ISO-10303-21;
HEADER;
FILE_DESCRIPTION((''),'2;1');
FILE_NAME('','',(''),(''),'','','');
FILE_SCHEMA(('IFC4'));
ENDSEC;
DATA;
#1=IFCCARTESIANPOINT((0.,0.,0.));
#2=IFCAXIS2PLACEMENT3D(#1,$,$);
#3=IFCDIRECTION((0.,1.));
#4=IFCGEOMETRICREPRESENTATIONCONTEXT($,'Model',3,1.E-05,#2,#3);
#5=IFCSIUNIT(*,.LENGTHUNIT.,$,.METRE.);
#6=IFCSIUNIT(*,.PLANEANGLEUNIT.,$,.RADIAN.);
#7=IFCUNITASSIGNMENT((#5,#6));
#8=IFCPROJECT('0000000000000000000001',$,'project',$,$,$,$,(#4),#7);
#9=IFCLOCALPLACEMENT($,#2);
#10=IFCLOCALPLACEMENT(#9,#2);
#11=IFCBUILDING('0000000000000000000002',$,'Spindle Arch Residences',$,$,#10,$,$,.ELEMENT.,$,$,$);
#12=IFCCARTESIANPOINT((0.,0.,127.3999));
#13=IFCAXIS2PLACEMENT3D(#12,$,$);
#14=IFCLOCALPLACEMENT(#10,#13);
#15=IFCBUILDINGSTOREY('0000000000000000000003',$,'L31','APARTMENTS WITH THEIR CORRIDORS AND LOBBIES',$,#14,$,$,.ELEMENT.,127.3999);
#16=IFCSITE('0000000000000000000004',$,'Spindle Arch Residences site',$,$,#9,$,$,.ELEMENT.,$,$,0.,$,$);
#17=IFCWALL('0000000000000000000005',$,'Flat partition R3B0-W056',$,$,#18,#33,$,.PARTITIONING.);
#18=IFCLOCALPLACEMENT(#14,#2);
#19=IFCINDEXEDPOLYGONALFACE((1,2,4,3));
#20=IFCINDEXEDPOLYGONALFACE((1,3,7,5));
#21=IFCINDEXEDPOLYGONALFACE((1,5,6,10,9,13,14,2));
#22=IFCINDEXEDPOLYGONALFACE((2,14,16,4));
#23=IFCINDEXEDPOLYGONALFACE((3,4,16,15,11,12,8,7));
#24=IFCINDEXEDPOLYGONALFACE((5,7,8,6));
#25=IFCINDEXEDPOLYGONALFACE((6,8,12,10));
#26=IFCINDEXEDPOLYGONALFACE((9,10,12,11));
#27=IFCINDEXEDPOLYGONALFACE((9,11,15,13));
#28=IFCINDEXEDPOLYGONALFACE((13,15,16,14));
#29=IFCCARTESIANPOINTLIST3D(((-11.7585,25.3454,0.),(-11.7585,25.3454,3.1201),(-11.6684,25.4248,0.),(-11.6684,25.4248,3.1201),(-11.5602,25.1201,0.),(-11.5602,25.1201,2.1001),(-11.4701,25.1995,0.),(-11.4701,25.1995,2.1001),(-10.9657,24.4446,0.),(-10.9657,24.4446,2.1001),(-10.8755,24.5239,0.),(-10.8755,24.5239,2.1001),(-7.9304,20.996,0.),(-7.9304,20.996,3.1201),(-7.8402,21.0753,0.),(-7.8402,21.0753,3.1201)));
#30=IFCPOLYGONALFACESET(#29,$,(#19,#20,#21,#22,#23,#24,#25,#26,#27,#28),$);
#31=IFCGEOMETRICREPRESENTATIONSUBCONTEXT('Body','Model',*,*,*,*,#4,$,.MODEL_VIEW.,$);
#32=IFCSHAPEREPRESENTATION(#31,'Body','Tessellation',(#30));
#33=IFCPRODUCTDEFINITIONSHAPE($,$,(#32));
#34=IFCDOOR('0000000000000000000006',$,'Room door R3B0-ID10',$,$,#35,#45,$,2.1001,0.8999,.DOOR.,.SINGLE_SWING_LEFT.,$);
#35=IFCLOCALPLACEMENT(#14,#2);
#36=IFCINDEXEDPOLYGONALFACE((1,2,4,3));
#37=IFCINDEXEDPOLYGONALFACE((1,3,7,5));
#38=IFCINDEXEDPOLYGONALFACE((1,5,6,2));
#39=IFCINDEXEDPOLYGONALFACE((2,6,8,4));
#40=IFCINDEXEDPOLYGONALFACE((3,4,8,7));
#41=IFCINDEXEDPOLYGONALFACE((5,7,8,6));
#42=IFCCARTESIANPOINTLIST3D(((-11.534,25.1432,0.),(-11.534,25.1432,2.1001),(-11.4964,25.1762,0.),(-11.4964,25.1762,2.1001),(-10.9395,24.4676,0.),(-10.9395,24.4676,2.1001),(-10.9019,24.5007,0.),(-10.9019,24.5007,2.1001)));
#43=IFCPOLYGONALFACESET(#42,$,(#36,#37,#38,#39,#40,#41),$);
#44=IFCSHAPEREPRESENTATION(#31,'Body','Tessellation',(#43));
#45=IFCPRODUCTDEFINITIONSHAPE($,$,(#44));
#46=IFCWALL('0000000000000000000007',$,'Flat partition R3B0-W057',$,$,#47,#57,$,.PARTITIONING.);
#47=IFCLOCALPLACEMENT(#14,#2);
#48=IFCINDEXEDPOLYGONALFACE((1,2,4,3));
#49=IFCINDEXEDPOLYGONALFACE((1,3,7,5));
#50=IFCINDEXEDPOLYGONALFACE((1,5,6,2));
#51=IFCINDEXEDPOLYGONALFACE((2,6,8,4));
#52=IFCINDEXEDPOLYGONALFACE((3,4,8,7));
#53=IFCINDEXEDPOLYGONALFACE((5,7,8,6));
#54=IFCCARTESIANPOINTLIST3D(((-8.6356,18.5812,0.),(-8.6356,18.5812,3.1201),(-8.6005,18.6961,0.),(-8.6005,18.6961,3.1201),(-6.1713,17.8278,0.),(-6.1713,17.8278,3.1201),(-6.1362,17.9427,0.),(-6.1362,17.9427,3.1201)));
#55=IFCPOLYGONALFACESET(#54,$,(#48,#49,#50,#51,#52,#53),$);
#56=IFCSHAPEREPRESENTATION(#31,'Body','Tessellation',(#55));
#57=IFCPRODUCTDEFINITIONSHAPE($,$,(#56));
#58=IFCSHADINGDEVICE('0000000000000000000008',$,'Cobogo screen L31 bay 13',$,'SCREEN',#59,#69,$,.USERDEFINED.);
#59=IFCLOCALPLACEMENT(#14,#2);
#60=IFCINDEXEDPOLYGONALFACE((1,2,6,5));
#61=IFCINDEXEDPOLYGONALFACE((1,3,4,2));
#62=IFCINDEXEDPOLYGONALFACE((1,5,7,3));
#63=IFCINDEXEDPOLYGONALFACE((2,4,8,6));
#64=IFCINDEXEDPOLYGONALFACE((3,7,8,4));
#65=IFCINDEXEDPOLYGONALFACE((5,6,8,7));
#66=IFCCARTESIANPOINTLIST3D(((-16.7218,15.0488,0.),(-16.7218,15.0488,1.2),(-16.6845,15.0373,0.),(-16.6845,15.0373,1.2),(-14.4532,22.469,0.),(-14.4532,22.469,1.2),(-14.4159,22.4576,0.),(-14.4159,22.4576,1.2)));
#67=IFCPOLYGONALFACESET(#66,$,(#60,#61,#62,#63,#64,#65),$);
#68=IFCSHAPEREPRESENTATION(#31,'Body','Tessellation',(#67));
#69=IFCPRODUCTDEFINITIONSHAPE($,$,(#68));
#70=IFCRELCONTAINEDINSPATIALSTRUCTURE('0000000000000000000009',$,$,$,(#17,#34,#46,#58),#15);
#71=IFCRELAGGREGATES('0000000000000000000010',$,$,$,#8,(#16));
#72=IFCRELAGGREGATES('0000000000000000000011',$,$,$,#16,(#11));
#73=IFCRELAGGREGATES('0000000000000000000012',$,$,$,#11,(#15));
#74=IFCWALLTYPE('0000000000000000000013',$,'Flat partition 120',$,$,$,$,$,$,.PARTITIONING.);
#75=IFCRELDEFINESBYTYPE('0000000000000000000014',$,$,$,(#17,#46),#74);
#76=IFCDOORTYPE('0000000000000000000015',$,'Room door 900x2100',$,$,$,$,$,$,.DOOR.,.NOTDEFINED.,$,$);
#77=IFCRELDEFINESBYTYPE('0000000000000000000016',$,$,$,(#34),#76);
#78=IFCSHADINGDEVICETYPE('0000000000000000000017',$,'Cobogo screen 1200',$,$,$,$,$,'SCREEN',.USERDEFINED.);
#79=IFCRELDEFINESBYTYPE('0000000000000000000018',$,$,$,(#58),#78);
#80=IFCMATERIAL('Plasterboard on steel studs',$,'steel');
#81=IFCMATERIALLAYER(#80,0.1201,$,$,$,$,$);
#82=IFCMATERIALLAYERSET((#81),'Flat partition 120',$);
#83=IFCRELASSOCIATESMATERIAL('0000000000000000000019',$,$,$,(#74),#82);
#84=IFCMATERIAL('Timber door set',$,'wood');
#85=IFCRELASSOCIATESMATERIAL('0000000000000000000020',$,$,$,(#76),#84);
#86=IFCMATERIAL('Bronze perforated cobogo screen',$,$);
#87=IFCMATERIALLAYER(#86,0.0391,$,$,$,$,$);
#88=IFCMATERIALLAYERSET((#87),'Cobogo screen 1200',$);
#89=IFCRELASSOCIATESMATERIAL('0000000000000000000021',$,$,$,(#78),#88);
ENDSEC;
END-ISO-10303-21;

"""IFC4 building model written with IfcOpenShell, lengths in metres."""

from ifc_helpers import new_model, si_unit, direction, frame, frame_2d, origin, origin_2d, place, context, subcontext, project, spatial, rectangle, extrude, material, layer, layer_set, type_object, element, fill, save


model = new_model("IFC4")

# Units and contexts
model_context = context("Model", 3, precision=1e-05, world=origin(), true_north=direction((0.0, 1.0)))
body_context = subcontext(model_context, "Body", "Model", "MODEL_VIEW")
ifc_project = project(units=[si_unit("LENGTHUNIT", "METRE"), si_unit("PLANEANGLEUNIT", "RADIAN")], contexts=[model_context])

# Site, building, storey
site_placement = place(None, origin())
site = spatial("IfcSite", under=ifc_project, at=site_placement, Name="Spindle Arch Residences site", CompositionType="ELEMENT", RefElevation=0.0)
building_placement = place(site_placement, origin())
building = spatial("IfcBuilding", under=site, at=building_placement, Name="Spindle Arch Residences", CompositionType="ELEMENT")
storey_placement = place(building_placement, frame((0.0, 0.0, 127.3999)))
storey = spatial("IfcBuildingStorey", under=building, at=storey_placement, Name="L31", Description="APARTMENTS WITH THEIR CORRIDORS AND LOBBIES", CompositionType="ELEMENT", Elevation=127.3999)

# Shared definitions
ifc_material_1 = material(Name="Plasterboard on steel studs", Category="steel")
ifc_layer_1 = layer(ifc_material_1, 0.1201)
ifc_layer_set_1 = layer_set([ifc_layer_1], Name="Flat partition 120")
wall_type_1 = type_object("IfcWallType", Name="Flat partition 120", PredefinedType="PARTITIONING", material=ifc_layer_set_1)

# Wall, opening, door
wall_1_placement = place(storey_placement, frame((-11.7134, 25.385, 0.0), z_axis=(0.0, 0.0, 1.0), x_axis=(0.660694, -0.750655, 0.0)))
wall_1 = element("IfcWall", 1, at=wall_1_placement, inside=storey, type_object=wall_type_1, Name="Flat partition R3B0-W056", PredefinedType="PARTITIONING", context=body_context, shape_type="SweptSolid", body=[
    extrude(rectangle(XDim=5.7942, YDim=0.1201, at=frame_2d((2.897, 0.0))), origin(), (0.0, 0.0, 1.0), 3.1201),
])
opening_1_placement = place(wall_1_placement, frame((0.3, 0.0, 0.0)))
opening_1 = element("IfcOpeningElement", 2, at=opening_1_placement, cuts=wall_1, PredefinedType="OPENING", context=body_context, shape_type="SweptSolid", body=[
    extrude(rectangle(XDim=0.8999, YDim=2.1001, at=frame_2d((0.45, 1.05))), frame((0.0, 0.0701, 0.0), z_axis=(0.0, -1.0, 0.0), x_axis=(1.0, 0.0, 0.0)), (0.0, 0.0, 1.0), 0.1401),
])
ifc_material_2 = material(Name="Timber door set", Category="wood")
door_type_1 = type_object("IfcDoorType", Name="Room door 900x2100", OperationType="NOTDEFINED", PredefinedType="DOOR", material=ifc_material_2)
door_1_placement = place(opening_1_placement, origin())
door_1 = element("IfcDoor", 3, at=door_1_placement, inside=storey, type_object=door_type_1, Name="Room door R3B0-ID10", OperationType="SINGLE_SWING_LEFT", OverallHeight=2.1001, OverallWidth=0.8999, PredefinedType="DOOR", context=body_context, shape_type="SweptSolid", body=[
    extrude(rectangle(XDim=0.8999, YDim=2.1001, at=frame_2d((0.45, 1.05))), frame((0.0, 0.0249, 0.0), z_axis=(0.0, -1.0, 0.0), x_axis=(1.0, 0.0, 0.0)), (0.0, 0.0, 1.0), 0.05),
])
fill(opening_1, door_1)

# Wall
wall_2_placement = place(storey_placement, frame((-8.6182, 18.6387, 0.0), z_axis=(0.0, 0.0, 1.0), x_axis=(0.956306, -0.292368, 0.0)))
element("IfcWall", 4, at=wall_2_placement, inside=storey, type_object=wall_type_1, Name="Flat partition R3B0-W057", PredefinedType="PARTITIONING", context=body_context, shape_type="SweptSolid", body=[
    extrude(rectangle(XDim=2.5769, YDim=0.1201, at=frame_2d((1.2886, 0.0))), origin(), (0.0, 0.0, 1.0), 3.1201),
])

# Shading device
ifc_material_3 = material(Name="Bronze perforated cobogo screen")
ifc_layer_2 = layer(ifc_material_3, 0.0391)
ifc_layer_set_2 = layer_set([ifc_layer_2], Name="Cobogo screen 1200")
shading_device_type = type_object("IfcShadingDeviceType", Name="Cobogo screen 1200", ElementType="SCREEN", PredefinedType="USERDEFINED", material=ifc_layer_set_2)
shading_device_placement = place(storey_placement, frame((-15.5688, 18.7532, 0.0), z_axis=(0.0, 0.0, 1.0), x_axis=(-0.292372, -0.956305, 0.0)))
element("IfcShadingDevice", 5, at=shading_device_placement, inside=storey, type_object=shading_device_type, Name="Cobogo screen L31 bay 13", ObjectType="SCREEN", PredefinedType="USERDEFINED", context=body_context, shape_type="SweptSolid", body=[
    extrude(rectangle(XDim=7.7593, YDim=0.0391, at=origin_2d()), origin(), (0.0, 0.0, 1.0), 1.2),
])

save(model, "model.ifc")
